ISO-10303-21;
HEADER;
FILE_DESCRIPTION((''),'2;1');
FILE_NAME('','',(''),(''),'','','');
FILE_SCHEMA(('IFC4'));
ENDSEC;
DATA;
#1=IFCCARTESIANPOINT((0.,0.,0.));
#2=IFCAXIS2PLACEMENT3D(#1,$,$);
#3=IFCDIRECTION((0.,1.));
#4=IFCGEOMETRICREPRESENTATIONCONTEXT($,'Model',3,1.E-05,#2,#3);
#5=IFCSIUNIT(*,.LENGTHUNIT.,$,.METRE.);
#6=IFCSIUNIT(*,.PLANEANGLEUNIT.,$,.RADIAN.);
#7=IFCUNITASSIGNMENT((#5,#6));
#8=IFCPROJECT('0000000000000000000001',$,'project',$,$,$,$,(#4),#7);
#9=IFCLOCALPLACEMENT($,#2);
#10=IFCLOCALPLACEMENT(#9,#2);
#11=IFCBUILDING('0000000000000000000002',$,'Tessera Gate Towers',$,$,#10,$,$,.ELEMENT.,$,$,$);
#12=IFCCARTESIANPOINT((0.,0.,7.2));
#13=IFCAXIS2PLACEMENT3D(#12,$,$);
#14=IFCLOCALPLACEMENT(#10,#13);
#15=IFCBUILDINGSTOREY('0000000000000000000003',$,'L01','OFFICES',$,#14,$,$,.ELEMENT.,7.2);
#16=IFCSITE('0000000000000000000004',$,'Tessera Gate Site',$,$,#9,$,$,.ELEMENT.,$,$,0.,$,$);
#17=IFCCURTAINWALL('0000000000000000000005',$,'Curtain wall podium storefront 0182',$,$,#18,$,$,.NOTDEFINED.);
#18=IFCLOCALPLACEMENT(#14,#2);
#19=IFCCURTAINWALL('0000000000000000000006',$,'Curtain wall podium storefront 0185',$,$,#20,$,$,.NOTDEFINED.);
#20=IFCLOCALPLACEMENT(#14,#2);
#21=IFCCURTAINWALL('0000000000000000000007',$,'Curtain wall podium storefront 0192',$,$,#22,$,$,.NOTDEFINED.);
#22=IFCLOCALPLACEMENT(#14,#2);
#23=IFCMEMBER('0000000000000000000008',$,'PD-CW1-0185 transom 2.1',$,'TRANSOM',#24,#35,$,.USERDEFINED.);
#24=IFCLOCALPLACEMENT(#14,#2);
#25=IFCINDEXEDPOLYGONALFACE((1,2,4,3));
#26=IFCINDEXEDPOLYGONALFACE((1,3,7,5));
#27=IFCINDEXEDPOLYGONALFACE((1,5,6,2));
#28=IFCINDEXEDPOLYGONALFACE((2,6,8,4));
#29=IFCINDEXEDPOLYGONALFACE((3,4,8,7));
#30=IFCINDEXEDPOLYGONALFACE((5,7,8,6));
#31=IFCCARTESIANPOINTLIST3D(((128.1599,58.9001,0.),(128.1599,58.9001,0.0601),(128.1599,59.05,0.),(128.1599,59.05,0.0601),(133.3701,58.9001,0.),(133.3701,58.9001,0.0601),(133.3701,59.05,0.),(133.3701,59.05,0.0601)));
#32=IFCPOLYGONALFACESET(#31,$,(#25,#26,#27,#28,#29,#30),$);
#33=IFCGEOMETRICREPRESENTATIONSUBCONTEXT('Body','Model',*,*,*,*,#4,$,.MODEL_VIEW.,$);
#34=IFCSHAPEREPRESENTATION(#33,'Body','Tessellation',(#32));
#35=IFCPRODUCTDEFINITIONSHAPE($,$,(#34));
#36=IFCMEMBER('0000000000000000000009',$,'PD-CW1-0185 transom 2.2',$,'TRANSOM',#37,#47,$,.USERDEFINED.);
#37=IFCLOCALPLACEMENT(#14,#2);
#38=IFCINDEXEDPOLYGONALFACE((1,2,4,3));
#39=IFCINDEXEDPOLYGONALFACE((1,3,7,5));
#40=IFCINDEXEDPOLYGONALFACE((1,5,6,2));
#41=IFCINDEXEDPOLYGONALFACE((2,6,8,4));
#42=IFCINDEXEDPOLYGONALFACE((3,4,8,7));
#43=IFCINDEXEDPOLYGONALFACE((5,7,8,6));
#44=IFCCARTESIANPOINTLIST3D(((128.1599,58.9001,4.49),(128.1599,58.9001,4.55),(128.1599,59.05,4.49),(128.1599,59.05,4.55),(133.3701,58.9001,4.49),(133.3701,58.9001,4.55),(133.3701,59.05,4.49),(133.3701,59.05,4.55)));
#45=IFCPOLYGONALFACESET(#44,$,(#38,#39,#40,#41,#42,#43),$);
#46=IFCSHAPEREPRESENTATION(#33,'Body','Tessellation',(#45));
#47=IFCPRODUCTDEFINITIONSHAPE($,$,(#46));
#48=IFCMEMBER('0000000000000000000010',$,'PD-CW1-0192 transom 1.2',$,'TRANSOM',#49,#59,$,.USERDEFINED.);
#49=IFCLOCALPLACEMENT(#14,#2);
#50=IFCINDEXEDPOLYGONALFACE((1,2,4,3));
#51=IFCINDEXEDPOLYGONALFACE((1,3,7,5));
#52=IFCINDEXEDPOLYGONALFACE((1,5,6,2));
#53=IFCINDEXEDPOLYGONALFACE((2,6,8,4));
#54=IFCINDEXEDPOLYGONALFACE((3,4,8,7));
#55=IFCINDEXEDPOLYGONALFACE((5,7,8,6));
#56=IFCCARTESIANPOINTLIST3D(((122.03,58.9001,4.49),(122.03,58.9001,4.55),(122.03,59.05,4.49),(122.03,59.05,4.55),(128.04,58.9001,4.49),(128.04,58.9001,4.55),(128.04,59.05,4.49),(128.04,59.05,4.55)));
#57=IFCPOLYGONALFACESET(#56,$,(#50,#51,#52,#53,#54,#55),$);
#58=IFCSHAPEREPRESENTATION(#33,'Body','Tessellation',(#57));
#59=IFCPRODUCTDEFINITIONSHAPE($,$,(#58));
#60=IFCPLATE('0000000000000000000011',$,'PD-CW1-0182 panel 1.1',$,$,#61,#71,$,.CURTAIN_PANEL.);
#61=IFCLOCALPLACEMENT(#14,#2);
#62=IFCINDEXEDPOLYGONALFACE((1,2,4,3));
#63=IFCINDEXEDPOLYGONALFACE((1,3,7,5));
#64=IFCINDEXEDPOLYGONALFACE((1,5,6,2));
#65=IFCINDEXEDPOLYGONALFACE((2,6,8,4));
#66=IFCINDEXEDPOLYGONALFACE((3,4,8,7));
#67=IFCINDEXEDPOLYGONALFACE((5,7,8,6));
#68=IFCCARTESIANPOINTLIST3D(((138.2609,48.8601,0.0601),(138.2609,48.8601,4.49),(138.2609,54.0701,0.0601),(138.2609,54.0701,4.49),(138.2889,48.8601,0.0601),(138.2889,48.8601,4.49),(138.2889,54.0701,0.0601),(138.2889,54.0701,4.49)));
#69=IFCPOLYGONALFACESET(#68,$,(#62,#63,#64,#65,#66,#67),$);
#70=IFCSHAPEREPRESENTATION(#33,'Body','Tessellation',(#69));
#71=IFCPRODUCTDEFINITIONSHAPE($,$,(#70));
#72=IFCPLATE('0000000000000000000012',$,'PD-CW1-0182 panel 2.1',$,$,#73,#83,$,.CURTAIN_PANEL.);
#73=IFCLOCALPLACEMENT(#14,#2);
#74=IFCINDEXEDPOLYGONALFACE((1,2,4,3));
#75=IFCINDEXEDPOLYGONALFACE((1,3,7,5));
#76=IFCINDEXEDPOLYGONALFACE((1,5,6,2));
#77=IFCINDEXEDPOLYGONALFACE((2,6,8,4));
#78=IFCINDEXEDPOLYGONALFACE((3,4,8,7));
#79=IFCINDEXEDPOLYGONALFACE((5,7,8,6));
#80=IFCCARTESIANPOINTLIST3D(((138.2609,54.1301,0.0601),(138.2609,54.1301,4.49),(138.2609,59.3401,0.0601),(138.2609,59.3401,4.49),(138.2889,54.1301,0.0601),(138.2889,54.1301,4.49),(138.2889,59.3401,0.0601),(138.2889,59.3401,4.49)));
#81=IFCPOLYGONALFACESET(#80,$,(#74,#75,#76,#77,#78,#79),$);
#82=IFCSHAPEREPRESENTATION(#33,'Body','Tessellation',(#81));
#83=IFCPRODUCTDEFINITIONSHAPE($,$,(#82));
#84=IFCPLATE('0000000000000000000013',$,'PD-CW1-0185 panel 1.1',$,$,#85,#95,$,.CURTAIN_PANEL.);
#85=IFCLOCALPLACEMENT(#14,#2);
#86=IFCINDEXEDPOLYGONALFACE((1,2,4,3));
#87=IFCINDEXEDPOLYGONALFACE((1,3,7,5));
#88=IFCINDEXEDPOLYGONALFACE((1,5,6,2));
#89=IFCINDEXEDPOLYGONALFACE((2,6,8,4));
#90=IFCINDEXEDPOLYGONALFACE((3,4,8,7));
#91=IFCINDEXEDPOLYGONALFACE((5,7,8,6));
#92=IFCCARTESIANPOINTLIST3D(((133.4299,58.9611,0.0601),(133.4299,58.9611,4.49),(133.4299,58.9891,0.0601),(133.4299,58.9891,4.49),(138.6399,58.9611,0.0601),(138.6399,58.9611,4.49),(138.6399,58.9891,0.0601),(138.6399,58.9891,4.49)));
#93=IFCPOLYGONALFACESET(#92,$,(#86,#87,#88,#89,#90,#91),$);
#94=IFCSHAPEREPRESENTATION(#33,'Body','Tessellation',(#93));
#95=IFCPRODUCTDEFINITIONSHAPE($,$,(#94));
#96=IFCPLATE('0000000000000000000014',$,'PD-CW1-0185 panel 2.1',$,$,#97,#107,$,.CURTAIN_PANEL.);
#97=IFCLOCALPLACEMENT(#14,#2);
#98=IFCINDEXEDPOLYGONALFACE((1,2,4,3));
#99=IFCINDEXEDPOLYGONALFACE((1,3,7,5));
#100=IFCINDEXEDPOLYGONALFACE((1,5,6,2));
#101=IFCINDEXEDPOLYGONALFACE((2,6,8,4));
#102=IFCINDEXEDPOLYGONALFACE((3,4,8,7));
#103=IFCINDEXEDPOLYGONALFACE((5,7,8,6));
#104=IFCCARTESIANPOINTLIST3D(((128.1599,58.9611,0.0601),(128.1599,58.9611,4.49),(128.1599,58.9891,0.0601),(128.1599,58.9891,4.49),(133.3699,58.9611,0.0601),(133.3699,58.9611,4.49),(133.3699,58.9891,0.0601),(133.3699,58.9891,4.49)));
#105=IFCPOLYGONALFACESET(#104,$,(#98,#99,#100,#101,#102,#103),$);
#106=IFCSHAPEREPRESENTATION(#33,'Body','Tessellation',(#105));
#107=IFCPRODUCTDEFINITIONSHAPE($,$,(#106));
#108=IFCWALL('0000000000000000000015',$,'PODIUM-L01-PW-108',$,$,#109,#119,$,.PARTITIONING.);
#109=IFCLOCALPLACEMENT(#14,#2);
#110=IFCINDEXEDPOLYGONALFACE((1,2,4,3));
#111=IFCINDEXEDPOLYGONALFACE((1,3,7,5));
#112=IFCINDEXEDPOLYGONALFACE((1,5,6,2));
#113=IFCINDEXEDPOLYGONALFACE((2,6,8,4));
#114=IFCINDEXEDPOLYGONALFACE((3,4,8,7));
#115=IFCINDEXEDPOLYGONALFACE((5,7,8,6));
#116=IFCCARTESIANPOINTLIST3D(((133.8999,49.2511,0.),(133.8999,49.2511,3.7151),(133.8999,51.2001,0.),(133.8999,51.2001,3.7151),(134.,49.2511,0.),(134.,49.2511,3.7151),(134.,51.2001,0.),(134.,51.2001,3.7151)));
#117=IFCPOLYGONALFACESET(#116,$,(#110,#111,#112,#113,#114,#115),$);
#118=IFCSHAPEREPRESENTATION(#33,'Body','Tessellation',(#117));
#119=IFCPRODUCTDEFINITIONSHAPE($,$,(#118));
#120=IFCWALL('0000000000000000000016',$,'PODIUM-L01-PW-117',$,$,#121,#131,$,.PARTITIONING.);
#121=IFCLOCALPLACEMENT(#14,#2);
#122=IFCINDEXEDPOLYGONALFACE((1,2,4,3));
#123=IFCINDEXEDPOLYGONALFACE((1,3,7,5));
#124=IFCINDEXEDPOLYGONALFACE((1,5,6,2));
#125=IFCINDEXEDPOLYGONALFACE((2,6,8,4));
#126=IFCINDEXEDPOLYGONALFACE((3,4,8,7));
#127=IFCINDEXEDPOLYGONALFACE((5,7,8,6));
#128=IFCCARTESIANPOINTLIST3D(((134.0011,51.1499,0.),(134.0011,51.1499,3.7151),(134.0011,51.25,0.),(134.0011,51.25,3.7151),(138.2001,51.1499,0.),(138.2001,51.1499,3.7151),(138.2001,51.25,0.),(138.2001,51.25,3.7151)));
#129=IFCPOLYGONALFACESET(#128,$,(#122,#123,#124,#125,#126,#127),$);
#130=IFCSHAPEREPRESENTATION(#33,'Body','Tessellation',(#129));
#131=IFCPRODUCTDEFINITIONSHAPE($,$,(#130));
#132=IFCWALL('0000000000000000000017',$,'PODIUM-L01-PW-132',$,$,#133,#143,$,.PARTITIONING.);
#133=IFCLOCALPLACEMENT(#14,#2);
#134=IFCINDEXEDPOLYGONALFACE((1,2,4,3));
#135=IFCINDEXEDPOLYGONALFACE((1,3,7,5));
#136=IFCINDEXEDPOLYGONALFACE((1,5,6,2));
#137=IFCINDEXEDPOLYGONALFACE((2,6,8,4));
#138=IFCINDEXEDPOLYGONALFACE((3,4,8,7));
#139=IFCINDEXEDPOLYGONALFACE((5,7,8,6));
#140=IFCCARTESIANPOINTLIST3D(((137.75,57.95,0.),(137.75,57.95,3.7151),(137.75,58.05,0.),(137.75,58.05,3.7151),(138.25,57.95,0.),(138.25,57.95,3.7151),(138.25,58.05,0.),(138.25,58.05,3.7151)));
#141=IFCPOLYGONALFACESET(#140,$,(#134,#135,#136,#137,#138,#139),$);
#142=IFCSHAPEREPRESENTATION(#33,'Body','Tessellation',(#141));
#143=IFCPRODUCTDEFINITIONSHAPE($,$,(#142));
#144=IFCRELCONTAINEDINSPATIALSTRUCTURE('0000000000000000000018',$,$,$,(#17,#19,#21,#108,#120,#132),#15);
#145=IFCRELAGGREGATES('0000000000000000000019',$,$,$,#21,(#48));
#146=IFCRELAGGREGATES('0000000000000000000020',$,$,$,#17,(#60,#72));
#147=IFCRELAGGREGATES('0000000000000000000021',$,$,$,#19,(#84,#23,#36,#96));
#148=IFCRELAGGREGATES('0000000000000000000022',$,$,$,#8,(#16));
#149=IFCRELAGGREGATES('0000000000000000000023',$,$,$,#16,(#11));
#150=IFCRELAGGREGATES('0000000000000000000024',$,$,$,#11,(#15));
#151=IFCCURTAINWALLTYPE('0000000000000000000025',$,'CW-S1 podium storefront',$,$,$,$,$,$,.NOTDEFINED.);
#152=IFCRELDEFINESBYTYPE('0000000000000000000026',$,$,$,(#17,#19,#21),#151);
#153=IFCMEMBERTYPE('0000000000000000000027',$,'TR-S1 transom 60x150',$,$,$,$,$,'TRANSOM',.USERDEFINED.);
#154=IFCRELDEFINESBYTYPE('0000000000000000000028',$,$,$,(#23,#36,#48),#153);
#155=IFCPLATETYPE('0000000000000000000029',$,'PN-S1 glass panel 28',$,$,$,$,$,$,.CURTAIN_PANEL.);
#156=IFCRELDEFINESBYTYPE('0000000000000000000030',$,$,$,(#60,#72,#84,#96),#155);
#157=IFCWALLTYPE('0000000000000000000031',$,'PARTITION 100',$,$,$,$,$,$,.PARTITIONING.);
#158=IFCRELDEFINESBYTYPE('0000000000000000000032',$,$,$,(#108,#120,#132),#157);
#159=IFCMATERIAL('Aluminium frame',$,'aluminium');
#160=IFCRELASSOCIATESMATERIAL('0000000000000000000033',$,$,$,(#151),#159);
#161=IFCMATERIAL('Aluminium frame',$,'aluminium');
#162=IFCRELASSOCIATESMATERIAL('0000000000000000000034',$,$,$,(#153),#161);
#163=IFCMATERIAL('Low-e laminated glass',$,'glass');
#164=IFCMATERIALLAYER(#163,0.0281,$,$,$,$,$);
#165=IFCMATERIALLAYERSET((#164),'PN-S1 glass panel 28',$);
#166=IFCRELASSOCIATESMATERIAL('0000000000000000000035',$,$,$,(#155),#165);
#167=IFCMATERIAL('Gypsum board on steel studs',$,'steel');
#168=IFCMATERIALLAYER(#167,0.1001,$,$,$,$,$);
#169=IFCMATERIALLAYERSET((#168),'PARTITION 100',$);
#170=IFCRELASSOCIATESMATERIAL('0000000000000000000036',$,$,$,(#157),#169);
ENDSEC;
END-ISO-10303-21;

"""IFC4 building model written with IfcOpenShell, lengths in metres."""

from ifc_helpers import new_model, si_unit, direction, frame, frame_2d, origin, origin_2d, place, context, subcontext, project, spatial, rectangle, extrude, material, layer, layer_set, material_profile, profile_set, type_object, element, aggregate, save


model = new_model("IFC4")

# Units and contexts
model_context = context("Model", 3, precision=1e-05, world=origin(), true_north=direction((0.0, 1.0)))
body_context = subcontext(model_context, "Body", "Model", "MODEL_VIEW")
ifc_project = project(units=[si_unit("LENGTHUNIT", "METRE"), si_unit("PLANEANGLEUNIT", "RADIAN")], contexts=[model_context])

# Site, building, storey
site_placement = place(None, origin())
site = spatial("IfcSite", under=ifc_project, at=site_placement, Name="Tessera Gate Site", CompositionType="ELEMENT", RefElevation=0.0)
building_placement = place(site_placement, origin())
building = spatial("IfcBuilding", under=site, at=building_placement, Name="Tessera Gate Towers", CompositionType="ELEMENT")
storey_placement = place(building_placement, frame((0.0, 0.0, 7.2)))
storey = spatial("IfcBuildingStorey", under=building, at=storey_placement, Name="L01", Description="OFFICES", CompositionType="ELEMENT", Elevation=7.2)

# Curtain walls
ifc_material_1 = material(Name="Aluminium frame", Category="aluminium")
curtain_wall_type = type_object("IfcCurtainWallType", Name="CW-S1 podium storefront", PredefinedType="NOTDEFINED", material=ifc_material_1)
curtain_wall_1_placement = place(storey_placement, origin())
curtain_wall_1 = element("IfcCurtainWall", 1, at=curtain_wall_1_placement, inside=storey, type_object=curtain_wall_type, Name="Curtain wall podium storefront 0182", PredefinedType="NOTDEFINED")
curtain_wall_2_placement = place(storey_placement, origin())
curtain_wall_2 = element("IfcCurtainWall", 2, at=curtain_wall_2_placement, inside=storey, type_object=curtain_wall_type, Name="Curtain wall podium storefront 0185", PredefinedType="NOTDEFINED")

# Curtain wall
curtain_wall_3_placement = place(storey_placement, origin())
curtain_wall_3 = element("IfcCurtainWall", 3, at=curtain_wall_3_placement, inside=storey, type_object=curtain_wall_type, Name="Curtain wall podium storefront 0192", PredefinedType="NOTDEFINED")

# Members
ifc_material_2 = material(Name="Aluminium frame", Category="aluminium")
ifc_material_profile_1 = material_profile(ifc_material_2, rectangle(XDim=0.1499, YDim=0.0601, at=origin_2d()), Name="AL 60x150")
ifc_profile_set_1 = profile_set([ifc_material_profile_1], Name="Aluminium frame")
member_type_1 = type_object("IfcMemberType", Name="TR-S1 transom 60x150", ElementType="TRANSOM", PredefinedType="USERDEFINED", material=ifc_profile_set_1)
member_1_placement = place(storey_placement, frame((133.3701, 58.9751, 0.03), z_axis=(-1.0, 0.0, 0.0), x_axis=(0.0, -1.0, 0.0)))
member_1 = element("IfcMember", 4, at=member_1_placement, type_object=member_type_1, Name="PD-CW1-0185 transom 2.1", ObjectType="TRANSOM", PredefinedType="USERDEFINED", context=body_context, shape_type="SweptSolid", body=[
    extrude(rectangle(XDim=0.1499, YDim=0.0601, at=origin_2d()), origin(), (0.0, 0.0, 1.0), 5.2102),
])
member_2_placement = place(storey_placement, frame((133.3701, 58.9751, 4.52), z_axis=(-1.0, 0.0, 0.0), x_axis=(0.0, -1.0, 0.0)))
member_2 = element("IfcMember", 5, at=member_2_placement, type_object=member_type_1, Name="PD-CW1-0185 transom 2.2", ObjectType="TRANSOM", PredefinedType="USERDEFINED", context=body_context, shape_type="SweptSolid", body=[
    extrude(rectangle(XDim=0.1499, YDim=0.0601, at=origin_2d()), origin(), (0.0, 0.0, 1.0), 5.2102),
])
member_3_placement = place(storey_placement, frame((128.04, 58.9751, 4.52), z_axis=(-1.0, 0.0, 0.0), x_axis=(0.0, -1.0, 0.0)))
member_3 = element("IfcMember", 6, at=member_3_placement, type_object=member_type_1, Name="PD-CW1-0192 transom 1.2", ObjectType="TRANSOM", PredefinedType="USERDEFINED", context=body_context, shape_type="SweptSolid", body=[
    extrude(rectangle(XDim=0.1499, YDim=0.0601, at=origin_2d()), origin(), (0.0, 0.0, 1.0), 6.01),
])
aggregate(curtain_wall_3, [member_3])

# Plates
ifc_material_3 = material(Name="Low-e laminated glass", Category="glass")
ifc_layer_1 = layer(ifc_material_3, 0.0281)
ifc_layer_set_1 = layer_set([ifc_layer_1], Name="PN-S1 glass panel 28")
plate_type = type_object("IfcPlateType", Name="PN-S1 glass panel 28", PredefinedType="CURTAIN_PANEL", material=ifc_layer_set_1)
plate_1_placement = place(storey_placement, frame((138.2749, 51.4651, 0.0601), z_axis=(0.0, 0.0, 1.0), x_axis=(0.0, 1.0, 0.0)))
plate_1 = element("IfcPlate", 7, at=plate_1_placement, type_object=plate_type, Name="PD-CW1-0182 panel 1.1", PredefinedType="CURTAIN_PANEL", context=body_context, shape_type="SweptSolid", body=[
    extrude(rectangle(XDim=5.21, YDim=0.0281, at=origin_2d()), origin(), (0.0, 0.0, 1.0), 4.4299),
])
plate_2_placement = place(storey_placement, frame((138.2749, 56.7351, 0.0601), z_axis=(0.0, 0.0, 1.0), x_axis=(0.0, 1.0, 0.0)))
plate_2 = element("IfcPlate", 8, at=plate_2_placement, type_object=plate_type, Name="PD-CW1-0182 panel 2.1", PredefinedType="CURTAIN_PANEL", context=body_context, shape_type="SweptSolid", body=[
    extrude(rectangle(XDim=5.21, YDim=0.0281, at=origin_2d()), origin(), (0.0, 0.0, 1.0), 4.4299),
])
aggregate(curtain_wall_1, [plate_1, plate_2])
plate_3_placement = place(storey_placement, frame((136.0349, 58.9751, 0.0601), z_axis=(0.0, 0.0, 1.0), x_axis=(-1.0, 0.0, 0.0)))
plate_3 = element("IfcPlate", 9, at=plate_3_placement, type_object=plate_type, Name="PD-CW1-0185 panel 1.1", PredefinedType="CURTAIN_PANEL", context=body_context, shape_type="SweptSolid", body=[
    extrude(rectangle(XDim=5.21, YDim=0.0281, at=origin_2d()), origin(), (0.0, 0.0, 1.0), 4.4299),
])
plate_4_placement = place(storey_placement, frame((130.7649, 58.9751, 0.0601), z_axis=(0.0, 0.0, 1.0), x_axis=(-1.0, 0.0, 0.0)))
plate_4 = element("IfcPlate", 10, at=plate_4_placement, type_object=plate_type, Name="PD-CW1-0185 panel 2.1", PredefinedType="CURTAIN_PANEL", context=body_context, shape_type="SweptSolid", body=[
    extrude(rectangle(XDim=5.21, YDim=0.0281, at=origin_2d()), origin(), (0.0, 0.0, 1.0), 4.4299),
])
aggregate(curtain_wall_2, [plate_3, member_1, member_2, plate_4])

# Walls
ifc_material_4 = material(Name="Gypsum board on steel studs", Category="steel")
ifc_layer_2 = layer(ifc_material_4, 0.1001)
ifc_layer_set_2 = layer_set([ifc_layer_2], Name="PARTITION 100")
wall_type = type_object("IfcWallType", Name="PARTITION 100", PredefinedType="PARTITIONING", material=ifc_layer_set_2)
wall_1_placement = place(storey_placement, frame((133.95, 49.251, 0.0), z_axis=(0.0, 0.0, 1.0), x_axis=(0.0, 1.0, 0.0)))
element("IfcWall", 11, at=wall_1_placement, inside=storey, type_object=wall_type, Name="PODIUM-L01-PW-108", PredefinedType="PARTITIONING", context=body_context, shape_type="SweptSolid", body=[
    extrude(rectangle(XDim=1.949, YDim=0.1001, at=frame_2d((0.9746, 0.0))), origin(), (0.0, 0.0, 1.0), 3.7151),
])
wall_2_placement = place(storey_placement, frame((134.001, 51.2, 0.0), z_axis=(0.0, 0.0, 1.0), x_axis=(1.0, 0.0, 0.0)))
element("IfcWall", 12, at=wall_2_placement, inside=storey, type_object=wall_type, Name="PODIUM-L01-PW-117", PredefinedType="PARTITIONING", context=body_context, shape_type="SweptSolid", body=[
    extrude(rectangle(XDim=4.199, YDim=0.1001, at=frame_2d((2.0996, 0.0))), origin(), (0.0, 0.0, 1.0), 3.7151),
])
wall_3_placement = place(storey_placement, frame((137.75, 58.0, 0.0), z_axis=(0.0, 0.0, 1.0), x_axis=(1.0, 0.0, 0.0)))
element("IfcWall", 13, at=wall_3_placement, inside=storey, type_object=wall_type, Name="PODIUM-L01-PW-132", PredefinedType="PARTITIONING", context=body_context, shape_type="SweptSolid", body=[
    extrude(rectangle(XDim=0.5, YDim=0.1001, at=frame_2d((0.25, 0.0))), origin(), (0.0, 0.0, 1.0), 3.7151),
])

save(model, "model.ifc")
